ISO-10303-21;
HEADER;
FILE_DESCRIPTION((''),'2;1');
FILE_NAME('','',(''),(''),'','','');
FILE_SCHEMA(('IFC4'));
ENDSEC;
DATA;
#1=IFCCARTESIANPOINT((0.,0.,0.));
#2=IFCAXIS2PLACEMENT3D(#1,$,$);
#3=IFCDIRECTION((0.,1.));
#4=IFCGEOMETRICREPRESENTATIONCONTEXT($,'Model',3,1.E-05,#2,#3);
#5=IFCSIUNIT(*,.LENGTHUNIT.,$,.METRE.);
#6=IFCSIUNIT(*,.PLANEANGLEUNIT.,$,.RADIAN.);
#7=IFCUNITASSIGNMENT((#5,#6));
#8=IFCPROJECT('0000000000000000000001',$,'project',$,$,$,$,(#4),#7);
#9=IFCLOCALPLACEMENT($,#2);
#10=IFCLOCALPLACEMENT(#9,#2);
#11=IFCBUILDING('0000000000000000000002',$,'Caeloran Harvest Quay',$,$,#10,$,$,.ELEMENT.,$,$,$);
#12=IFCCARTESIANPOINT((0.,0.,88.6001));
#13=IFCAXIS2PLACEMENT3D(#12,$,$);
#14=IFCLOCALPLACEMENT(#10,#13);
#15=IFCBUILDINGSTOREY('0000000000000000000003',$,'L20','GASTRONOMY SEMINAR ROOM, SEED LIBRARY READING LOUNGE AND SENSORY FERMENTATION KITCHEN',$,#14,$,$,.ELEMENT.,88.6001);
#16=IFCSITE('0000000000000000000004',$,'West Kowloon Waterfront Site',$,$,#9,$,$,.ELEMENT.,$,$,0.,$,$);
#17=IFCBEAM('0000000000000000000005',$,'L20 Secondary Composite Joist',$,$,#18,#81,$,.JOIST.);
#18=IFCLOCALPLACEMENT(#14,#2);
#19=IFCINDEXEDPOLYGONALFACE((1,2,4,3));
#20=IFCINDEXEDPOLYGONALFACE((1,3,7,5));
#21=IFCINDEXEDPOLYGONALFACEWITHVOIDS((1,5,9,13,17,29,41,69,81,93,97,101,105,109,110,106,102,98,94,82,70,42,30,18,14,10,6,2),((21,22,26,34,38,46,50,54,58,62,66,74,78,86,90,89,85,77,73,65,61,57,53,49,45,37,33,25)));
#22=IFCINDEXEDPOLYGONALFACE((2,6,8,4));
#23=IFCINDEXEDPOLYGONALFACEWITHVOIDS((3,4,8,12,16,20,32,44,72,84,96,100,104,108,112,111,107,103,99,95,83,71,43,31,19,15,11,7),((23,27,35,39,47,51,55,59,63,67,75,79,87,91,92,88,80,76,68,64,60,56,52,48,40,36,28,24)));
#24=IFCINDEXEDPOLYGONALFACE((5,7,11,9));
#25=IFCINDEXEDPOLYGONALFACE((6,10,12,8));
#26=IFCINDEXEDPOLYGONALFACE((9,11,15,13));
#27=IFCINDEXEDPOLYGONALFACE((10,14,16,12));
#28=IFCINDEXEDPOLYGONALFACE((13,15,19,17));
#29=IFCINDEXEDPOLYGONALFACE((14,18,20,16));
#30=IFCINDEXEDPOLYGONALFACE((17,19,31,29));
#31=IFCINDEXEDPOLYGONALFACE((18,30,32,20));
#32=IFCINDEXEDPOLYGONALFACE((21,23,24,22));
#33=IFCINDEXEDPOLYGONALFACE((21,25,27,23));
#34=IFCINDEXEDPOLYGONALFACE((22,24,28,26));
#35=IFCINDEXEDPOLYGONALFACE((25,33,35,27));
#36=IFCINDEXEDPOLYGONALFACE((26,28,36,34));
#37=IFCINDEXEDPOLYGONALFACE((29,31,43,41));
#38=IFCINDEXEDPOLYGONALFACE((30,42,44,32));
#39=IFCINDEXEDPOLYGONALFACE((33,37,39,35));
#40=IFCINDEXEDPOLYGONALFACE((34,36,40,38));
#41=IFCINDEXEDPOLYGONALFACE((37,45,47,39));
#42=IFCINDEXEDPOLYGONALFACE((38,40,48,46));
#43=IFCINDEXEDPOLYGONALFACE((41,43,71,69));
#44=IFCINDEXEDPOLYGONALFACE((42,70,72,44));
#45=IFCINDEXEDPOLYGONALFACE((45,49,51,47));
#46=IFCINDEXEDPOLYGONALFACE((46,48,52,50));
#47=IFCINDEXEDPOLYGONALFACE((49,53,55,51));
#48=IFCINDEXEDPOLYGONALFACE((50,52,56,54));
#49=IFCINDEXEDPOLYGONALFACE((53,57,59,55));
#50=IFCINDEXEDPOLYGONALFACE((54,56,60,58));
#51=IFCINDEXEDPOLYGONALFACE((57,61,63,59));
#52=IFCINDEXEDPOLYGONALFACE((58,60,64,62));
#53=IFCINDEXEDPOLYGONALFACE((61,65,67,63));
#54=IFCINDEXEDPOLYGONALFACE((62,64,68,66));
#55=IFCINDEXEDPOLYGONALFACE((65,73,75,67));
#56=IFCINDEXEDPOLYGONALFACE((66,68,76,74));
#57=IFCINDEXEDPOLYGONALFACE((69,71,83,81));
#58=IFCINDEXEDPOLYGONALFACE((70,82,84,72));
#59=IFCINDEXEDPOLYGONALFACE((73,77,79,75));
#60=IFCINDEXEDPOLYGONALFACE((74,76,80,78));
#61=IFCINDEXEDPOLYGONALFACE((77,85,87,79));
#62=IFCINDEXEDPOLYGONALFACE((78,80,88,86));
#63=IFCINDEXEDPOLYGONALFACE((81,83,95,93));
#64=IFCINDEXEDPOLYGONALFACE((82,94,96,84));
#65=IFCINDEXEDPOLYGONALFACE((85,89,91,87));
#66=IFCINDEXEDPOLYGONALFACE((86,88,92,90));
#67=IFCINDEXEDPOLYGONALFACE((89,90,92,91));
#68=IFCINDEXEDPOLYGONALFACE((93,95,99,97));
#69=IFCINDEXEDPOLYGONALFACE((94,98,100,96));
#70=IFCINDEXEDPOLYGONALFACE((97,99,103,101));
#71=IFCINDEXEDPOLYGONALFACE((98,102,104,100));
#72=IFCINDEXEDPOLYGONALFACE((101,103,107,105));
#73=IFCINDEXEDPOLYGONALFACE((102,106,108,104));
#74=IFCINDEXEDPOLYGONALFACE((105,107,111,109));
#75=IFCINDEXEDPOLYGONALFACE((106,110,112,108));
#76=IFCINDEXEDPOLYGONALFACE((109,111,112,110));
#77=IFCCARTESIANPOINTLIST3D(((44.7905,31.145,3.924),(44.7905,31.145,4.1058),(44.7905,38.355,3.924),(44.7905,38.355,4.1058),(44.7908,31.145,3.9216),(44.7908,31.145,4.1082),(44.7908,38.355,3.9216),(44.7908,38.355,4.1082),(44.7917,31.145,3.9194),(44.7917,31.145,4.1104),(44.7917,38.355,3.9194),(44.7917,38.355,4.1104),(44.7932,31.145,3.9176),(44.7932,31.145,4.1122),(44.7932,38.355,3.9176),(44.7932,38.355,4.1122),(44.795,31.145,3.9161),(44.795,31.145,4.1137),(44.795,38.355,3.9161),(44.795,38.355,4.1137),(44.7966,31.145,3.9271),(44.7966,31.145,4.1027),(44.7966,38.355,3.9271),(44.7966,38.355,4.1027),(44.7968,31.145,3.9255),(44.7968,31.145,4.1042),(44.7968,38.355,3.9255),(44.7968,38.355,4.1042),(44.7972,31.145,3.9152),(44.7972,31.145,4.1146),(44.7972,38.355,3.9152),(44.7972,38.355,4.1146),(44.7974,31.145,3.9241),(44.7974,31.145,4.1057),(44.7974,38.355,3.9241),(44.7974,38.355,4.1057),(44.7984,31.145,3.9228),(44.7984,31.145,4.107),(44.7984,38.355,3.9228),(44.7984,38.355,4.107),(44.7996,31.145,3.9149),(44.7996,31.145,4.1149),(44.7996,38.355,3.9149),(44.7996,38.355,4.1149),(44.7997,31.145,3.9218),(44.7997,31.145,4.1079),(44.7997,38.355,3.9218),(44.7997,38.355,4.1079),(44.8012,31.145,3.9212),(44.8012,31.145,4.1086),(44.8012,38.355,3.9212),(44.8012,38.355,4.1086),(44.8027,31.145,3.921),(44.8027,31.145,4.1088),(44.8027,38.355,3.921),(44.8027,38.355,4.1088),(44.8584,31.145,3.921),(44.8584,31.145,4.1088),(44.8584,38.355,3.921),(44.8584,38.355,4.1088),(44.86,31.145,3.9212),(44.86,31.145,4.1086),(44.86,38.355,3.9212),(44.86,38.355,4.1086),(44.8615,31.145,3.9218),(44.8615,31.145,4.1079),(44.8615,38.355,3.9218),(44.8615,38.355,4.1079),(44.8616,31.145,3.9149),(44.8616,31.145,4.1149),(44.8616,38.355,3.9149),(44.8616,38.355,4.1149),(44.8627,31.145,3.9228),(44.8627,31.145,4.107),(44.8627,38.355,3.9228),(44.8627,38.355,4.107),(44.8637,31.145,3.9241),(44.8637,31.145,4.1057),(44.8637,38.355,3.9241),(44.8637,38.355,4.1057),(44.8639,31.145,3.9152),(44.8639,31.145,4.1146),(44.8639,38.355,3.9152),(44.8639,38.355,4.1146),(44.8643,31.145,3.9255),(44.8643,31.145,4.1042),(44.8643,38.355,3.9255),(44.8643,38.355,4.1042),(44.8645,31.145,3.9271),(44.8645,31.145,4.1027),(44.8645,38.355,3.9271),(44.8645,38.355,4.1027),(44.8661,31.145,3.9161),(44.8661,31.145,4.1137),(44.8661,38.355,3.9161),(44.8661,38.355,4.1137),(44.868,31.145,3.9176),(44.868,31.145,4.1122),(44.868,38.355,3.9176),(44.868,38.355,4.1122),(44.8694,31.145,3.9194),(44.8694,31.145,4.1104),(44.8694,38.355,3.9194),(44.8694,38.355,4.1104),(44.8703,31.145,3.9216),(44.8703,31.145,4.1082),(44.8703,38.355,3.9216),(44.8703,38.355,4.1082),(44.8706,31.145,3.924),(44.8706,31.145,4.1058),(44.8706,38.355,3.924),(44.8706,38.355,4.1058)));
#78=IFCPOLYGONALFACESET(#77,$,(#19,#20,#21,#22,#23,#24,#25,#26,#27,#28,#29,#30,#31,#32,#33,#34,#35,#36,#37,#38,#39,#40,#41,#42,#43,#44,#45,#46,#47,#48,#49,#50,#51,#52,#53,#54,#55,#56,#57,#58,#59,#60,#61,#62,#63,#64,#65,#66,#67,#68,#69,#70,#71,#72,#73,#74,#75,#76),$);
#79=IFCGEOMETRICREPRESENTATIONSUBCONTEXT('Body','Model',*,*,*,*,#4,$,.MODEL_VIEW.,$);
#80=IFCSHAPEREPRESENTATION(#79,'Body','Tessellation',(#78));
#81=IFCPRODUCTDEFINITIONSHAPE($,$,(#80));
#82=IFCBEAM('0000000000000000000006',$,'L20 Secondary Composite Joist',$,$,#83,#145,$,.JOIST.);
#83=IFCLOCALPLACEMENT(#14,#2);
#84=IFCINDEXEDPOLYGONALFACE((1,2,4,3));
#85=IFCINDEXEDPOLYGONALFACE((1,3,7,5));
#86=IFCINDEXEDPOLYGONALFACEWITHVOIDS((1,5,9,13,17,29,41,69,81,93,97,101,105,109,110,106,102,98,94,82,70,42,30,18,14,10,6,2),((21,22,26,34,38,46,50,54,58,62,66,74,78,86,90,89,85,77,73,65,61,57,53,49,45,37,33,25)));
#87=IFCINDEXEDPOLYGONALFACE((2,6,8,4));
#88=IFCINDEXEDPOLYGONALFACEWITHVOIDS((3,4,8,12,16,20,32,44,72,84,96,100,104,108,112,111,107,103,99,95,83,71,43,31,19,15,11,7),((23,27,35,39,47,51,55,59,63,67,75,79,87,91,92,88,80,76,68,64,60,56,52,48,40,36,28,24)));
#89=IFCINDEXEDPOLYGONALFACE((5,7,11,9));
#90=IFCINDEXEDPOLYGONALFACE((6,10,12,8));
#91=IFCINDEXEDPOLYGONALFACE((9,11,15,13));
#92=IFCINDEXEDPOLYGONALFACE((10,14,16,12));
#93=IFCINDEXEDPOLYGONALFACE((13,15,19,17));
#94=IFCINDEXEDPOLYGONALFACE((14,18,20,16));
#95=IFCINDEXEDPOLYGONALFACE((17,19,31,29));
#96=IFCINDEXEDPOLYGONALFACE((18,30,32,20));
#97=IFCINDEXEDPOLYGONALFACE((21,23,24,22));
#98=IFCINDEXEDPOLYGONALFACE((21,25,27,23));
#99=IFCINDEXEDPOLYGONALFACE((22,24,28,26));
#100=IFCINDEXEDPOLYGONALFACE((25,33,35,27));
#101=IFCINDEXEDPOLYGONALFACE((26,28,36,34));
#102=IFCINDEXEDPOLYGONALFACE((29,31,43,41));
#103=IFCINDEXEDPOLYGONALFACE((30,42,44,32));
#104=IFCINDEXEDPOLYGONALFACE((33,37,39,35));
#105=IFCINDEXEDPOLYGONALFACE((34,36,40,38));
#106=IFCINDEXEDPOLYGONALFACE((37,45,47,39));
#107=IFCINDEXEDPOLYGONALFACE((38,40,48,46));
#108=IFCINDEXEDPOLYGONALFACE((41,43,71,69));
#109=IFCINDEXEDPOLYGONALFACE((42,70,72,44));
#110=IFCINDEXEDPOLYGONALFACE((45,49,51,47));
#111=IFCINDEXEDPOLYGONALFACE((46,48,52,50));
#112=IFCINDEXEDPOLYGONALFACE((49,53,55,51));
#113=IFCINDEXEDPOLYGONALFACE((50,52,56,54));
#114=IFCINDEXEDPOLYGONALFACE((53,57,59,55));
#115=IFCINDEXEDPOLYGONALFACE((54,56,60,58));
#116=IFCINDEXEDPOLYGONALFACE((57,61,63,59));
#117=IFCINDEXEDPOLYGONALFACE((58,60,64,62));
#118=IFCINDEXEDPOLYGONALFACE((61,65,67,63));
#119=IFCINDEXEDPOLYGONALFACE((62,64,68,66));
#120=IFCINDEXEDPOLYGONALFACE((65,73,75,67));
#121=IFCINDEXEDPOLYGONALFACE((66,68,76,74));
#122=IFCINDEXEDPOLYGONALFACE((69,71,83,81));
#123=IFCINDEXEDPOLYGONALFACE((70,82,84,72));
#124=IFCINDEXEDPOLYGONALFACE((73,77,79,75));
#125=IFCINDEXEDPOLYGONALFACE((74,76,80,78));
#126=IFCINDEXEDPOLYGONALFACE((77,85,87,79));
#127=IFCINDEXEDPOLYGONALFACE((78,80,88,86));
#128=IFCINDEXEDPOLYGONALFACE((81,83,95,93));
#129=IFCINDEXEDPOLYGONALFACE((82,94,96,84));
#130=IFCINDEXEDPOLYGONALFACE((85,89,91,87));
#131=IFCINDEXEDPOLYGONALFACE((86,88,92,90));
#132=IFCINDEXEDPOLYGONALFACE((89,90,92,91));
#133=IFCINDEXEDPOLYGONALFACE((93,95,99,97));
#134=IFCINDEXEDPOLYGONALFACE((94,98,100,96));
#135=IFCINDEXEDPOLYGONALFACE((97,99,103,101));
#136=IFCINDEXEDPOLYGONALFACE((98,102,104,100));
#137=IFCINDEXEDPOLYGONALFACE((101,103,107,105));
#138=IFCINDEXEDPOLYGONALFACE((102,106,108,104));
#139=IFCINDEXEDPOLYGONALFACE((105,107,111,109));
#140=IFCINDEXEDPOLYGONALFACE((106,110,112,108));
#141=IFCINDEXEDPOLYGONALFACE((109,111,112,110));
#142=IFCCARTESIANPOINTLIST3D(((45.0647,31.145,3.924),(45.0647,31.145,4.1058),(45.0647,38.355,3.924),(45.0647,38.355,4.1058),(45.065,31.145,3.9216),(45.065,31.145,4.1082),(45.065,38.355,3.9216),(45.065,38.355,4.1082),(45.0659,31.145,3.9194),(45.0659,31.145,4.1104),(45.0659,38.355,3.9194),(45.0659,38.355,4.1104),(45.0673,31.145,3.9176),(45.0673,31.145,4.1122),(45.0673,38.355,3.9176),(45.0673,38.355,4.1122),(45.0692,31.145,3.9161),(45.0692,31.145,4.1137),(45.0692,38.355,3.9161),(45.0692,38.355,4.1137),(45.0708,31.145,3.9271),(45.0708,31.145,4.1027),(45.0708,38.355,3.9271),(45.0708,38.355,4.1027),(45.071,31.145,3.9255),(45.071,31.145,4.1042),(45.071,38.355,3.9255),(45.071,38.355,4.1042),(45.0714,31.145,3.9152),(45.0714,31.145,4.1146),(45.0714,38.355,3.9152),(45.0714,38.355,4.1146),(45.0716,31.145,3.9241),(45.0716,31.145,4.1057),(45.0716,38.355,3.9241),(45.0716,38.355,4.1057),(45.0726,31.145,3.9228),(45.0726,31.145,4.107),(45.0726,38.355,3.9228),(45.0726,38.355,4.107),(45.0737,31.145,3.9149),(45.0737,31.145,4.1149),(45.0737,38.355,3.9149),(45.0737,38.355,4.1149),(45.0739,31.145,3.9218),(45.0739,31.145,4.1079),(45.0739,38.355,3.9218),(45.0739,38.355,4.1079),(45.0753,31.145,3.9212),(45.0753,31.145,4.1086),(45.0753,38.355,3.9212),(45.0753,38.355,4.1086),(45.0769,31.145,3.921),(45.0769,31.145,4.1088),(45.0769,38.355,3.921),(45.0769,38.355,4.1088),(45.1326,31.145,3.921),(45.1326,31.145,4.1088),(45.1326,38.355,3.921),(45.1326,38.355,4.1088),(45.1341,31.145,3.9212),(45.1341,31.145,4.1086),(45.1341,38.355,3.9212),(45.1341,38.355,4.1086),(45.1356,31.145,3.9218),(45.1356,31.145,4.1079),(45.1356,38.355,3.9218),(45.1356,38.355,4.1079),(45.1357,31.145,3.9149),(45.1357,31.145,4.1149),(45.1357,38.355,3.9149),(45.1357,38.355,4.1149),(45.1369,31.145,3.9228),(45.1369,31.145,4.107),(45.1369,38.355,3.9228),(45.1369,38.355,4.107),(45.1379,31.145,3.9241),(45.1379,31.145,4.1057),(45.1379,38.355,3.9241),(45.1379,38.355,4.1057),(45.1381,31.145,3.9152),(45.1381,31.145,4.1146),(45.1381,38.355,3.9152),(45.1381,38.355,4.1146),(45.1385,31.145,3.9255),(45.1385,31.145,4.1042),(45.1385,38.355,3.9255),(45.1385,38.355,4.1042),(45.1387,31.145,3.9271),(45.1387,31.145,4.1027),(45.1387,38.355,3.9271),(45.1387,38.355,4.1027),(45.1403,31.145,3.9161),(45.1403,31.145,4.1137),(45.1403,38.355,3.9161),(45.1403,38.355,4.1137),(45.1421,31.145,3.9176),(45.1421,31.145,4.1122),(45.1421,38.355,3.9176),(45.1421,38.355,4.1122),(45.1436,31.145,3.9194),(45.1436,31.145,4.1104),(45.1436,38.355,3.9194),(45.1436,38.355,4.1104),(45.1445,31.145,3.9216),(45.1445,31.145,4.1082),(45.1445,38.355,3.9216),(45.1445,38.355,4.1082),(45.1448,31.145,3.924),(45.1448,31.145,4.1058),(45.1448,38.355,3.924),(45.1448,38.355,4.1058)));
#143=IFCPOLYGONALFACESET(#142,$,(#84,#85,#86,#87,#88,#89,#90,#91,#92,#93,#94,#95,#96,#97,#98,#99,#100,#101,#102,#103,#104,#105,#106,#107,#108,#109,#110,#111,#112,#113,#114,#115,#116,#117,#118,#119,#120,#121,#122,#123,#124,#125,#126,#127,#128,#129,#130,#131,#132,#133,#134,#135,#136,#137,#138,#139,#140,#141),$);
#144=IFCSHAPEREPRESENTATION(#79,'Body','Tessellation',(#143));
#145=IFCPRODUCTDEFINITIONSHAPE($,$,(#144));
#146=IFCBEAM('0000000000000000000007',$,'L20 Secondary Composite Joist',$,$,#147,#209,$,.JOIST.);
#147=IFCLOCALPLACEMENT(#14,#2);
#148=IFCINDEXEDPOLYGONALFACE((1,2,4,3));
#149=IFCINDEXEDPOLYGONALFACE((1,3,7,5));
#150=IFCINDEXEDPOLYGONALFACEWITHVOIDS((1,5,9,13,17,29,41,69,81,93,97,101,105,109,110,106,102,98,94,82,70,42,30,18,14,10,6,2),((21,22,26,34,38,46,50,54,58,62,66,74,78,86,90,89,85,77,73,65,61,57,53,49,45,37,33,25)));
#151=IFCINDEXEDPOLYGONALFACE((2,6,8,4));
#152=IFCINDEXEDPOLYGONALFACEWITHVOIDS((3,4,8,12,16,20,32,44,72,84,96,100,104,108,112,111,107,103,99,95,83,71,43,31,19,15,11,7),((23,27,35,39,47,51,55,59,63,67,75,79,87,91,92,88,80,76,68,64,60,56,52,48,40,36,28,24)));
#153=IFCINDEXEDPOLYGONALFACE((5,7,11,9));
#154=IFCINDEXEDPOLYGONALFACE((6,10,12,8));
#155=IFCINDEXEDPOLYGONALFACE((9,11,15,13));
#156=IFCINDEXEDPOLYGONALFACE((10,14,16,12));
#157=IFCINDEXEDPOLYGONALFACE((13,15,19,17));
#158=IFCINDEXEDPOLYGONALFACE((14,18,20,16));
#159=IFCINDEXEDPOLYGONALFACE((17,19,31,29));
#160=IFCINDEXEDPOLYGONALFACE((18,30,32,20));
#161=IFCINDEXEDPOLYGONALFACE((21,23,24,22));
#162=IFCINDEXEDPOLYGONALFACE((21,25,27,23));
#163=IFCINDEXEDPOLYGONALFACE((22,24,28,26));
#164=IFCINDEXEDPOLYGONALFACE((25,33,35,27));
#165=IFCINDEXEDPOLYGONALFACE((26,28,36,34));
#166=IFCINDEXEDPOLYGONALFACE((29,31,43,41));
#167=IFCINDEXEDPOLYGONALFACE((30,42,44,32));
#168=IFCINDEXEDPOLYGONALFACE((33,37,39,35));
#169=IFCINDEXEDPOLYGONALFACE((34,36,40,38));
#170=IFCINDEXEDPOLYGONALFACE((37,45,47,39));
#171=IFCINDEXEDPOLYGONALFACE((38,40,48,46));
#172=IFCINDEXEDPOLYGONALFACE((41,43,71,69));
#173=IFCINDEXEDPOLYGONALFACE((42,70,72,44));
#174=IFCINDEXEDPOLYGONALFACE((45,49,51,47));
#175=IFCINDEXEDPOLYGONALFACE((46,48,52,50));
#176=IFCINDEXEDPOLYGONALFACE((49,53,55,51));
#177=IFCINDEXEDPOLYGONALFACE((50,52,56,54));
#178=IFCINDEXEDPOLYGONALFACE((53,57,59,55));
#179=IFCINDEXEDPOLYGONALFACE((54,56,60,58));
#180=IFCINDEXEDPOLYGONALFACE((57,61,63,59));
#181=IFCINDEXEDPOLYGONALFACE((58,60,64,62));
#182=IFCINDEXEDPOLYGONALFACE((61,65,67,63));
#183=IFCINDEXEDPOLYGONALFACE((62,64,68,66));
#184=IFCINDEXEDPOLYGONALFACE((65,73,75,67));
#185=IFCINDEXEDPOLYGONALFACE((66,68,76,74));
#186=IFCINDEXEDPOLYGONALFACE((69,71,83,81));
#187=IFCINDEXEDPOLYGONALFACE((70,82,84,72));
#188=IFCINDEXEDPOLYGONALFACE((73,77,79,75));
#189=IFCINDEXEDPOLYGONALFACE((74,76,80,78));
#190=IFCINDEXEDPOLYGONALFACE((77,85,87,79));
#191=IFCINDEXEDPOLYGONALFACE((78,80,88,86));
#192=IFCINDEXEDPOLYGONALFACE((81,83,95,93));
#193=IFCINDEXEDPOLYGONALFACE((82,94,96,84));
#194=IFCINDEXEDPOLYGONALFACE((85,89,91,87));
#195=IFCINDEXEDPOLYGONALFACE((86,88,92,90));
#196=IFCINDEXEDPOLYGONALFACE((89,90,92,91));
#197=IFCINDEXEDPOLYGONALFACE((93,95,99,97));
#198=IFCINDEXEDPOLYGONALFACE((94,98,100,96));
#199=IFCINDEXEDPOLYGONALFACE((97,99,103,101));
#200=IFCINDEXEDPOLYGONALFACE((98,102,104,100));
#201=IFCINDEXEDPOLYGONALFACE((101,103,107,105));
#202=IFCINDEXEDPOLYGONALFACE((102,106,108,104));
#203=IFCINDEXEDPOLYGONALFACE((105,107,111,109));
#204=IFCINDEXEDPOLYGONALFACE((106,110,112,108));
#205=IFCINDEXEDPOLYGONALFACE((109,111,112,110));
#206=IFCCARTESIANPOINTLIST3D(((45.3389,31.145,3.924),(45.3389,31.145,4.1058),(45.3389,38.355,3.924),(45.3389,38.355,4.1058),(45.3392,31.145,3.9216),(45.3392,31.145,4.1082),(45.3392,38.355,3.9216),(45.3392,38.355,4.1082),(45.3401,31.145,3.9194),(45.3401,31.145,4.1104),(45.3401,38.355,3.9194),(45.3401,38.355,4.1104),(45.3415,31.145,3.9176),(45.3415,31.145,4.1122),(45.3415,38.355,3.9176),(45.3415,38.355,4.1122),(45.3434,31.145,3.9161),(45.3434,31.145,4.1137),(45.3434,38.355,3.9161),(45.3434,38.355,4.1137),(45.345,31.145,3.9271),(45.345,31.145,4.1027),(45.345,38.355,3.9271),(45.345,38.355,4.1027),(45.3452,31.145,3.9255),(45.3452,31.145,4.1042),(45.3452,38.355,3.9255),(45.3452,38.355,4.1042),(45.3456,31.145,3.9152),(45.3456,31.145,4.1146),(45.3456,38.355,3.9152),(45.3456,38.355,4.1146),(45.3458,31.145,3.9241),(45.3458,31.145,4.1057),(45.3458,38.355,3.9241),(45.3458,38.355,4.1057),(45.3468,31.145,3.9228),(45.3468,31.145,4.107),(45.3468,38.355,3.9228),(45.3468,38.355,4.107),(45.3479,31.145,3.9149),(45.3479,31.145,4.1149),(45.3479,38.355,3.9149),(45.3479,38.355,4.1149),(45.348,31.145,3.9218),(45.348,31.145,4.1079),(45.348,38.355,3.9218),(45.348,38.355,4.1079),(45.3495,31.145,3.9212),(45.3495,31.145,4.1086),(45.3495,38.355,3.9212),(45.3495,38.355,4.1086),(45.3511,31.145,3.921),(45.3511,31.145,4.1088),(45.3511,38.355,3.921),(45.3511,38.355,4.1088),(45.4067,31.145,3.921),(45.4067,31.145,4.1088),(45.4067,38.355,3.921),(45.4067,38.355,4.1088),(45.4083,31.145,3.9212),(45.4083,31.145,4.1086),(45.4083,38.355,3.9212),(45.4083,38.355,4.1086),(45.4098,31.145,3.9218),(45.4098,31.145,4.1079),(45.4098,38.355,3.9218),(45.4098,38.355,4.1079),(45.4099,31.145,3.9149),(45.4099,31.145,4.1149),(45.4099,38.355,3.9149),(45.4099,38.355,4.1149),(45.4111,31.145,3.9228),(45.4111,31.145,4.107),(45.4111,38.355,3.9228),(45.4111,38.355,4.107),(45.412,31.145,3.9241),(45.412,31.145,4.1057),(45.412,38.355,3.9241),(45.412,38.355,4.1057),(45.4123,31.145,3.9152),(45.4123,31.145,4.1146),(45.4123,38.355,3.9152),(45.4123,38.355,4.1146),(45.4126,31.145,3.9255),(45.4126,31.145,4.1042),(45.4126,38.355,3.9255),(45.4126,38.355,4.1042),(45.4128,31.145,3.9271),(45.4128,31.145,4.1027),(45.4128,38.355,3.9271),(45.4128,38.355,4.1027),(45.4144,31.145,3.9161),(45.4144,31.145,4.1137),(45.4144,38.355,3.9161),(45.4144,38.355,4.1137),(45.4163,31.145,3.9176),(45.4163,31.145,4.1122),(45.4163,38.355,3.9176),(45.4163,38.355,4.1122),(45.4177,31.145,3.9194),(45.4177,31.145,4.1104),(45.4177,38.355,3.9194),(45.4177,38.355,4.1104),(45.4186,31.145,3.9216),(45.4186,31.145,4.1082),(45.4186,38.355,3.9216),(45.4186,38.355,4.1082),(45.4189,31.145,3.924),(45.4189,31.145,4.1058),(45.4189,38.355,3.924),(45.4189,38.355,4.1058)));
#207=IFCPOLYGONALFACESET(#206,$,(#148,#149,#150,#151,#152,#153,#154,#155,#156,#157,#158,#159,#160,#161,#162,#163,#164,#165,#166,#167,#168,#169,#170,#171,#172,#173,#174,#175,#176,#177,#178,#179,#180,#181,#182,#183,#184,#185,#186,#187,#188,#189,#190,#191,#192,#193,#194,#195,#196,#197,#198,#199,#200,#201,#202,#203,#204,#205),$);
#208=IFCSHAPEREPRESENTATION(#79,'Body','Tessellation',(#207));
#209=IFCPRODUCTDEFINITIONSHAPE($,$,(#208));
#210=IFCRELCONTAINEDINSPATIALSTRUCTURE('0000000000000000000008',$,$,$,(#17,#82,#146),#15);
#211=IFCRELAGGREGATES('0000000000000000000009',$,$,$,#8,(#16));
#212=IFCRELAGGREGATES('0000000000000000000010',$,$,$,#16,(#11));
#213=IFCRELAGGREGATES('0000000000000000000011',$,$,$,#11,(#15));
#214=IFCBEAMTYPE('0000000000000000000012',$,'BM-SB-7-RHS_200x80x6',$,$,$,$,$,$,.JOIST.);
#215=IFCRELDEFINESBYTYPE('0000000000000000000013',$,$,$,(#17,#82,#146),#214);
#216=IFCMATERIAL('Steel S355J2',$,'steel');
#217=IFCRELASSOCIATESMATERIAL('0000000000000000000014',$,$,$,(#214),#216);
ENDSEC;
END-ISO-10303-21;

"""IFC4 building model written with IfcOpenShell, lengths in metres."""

from ifc_helpers import new_model, si_unit, direction, frame, origin, origin_2d, place, context, subcontext, project, spatial, hollow_rectangle, extrude, material, material_profile, profile_set, type_object, element, save


model = new_model("IFC4")

# Units and contexts
model_context = context("Model", 3, precision=1e-05, world=origin(), true_north=direction((0.0, 1.0)))
body_context = subcontext(model_context, "Body", "Model", "MODEL_VIEW")
ifc_project = project(units=[si_unit("LENGTHUNIT", "METRE"), si_unit("PLANEANGLEUNIT", "RADIAN")], contexts=[model_context])

# Site, building, storey
site_placement = place(None, origin())
site = spatial("IfcSite", under=ifc_project, at=site_placement, Name="West Kowloon Waterfront Site", CompositionType="ELEMENT", RefElevation=0.0)
building_placement = place(site_placement, origin())
building = spatial("IfcBuilding", under=site, at=building_placement, Name="Caeloran Harvest Quay", CompositionType="ELEMENT")
storey_placement = place(building_placement, frame((0.0, 0.0, 88.6001)))
storey = spatial("IfcBuildingStorey", under=building, at=storey_placement, Name="L20", Description="GASTRONOMY SEMINAR ROOM, SEED LIBRARY READING LOUNGE AND SENSORY FERMENTATION KITCHEN", CompositionType="ELEMENT", Elevation=88.6001)

# Beams
ifc_material_1 = material(Name="Steel S355J2", Category="steel")
ifc_material_profile_1 = material_profile(ifc_material_1, hollow_rectangle(XDim=0.0801, YDim=0.2, WallThickness=0.0061, InnerFilletRadius=0.0061, OuterFilletRadius=0.009, at=origin_2d()), Name="RHS 200x80x6")
ifc_profile_set_1 = profile_set([ifc_material_profile_1], Name="Steel S355J2")
beam_type_1 = type_object("IfcBeamType", Name="BM-SB-7-RHS_200x80x6", PredefinedType="JOIST", material=ifc_profile_set_1)
for number, where, z_axis, x_axis, name in (
    (1, (44.8306, 31.145, 4.0149), (0.0, 1.0, 0.0), (-1.0, 0.0, 0.0), "L20 Secondary Composite Joist"),
    (2, (45.1047, 31.145, 4.0149), (0.0, 1.0, 0.0), (-1.0, 0.0, 0.0), "L20 Secondary Composite Joist"),
    (3, (45.3789, 31.145, 4.0149), (0.0, 1.0, 0.0), (-1.0, 0.0, 0.0), "L20 Secondary Composite Joist"),
):
    element("IfcBeam", number, at=place(storey_placement, frame(where, z_axis=z_axis, x_axis=x_axis)), inside=storey, type_object=beam_type_1, Name=name, PredefinedType="JOIST", context=body_context, shape_type="SweptSolid", body=[
        extrude(hollow_rectangle(XDim=0.0801, YDim=0.2, WallThickness=0.0061, InnerFilletRadius=0.0061, OuterFilletRadius=0.009, at=origin_2d()), origin(), (0.0, 0.0, 1.0), 7.21),
    ])

save(model, "model.ifc")
